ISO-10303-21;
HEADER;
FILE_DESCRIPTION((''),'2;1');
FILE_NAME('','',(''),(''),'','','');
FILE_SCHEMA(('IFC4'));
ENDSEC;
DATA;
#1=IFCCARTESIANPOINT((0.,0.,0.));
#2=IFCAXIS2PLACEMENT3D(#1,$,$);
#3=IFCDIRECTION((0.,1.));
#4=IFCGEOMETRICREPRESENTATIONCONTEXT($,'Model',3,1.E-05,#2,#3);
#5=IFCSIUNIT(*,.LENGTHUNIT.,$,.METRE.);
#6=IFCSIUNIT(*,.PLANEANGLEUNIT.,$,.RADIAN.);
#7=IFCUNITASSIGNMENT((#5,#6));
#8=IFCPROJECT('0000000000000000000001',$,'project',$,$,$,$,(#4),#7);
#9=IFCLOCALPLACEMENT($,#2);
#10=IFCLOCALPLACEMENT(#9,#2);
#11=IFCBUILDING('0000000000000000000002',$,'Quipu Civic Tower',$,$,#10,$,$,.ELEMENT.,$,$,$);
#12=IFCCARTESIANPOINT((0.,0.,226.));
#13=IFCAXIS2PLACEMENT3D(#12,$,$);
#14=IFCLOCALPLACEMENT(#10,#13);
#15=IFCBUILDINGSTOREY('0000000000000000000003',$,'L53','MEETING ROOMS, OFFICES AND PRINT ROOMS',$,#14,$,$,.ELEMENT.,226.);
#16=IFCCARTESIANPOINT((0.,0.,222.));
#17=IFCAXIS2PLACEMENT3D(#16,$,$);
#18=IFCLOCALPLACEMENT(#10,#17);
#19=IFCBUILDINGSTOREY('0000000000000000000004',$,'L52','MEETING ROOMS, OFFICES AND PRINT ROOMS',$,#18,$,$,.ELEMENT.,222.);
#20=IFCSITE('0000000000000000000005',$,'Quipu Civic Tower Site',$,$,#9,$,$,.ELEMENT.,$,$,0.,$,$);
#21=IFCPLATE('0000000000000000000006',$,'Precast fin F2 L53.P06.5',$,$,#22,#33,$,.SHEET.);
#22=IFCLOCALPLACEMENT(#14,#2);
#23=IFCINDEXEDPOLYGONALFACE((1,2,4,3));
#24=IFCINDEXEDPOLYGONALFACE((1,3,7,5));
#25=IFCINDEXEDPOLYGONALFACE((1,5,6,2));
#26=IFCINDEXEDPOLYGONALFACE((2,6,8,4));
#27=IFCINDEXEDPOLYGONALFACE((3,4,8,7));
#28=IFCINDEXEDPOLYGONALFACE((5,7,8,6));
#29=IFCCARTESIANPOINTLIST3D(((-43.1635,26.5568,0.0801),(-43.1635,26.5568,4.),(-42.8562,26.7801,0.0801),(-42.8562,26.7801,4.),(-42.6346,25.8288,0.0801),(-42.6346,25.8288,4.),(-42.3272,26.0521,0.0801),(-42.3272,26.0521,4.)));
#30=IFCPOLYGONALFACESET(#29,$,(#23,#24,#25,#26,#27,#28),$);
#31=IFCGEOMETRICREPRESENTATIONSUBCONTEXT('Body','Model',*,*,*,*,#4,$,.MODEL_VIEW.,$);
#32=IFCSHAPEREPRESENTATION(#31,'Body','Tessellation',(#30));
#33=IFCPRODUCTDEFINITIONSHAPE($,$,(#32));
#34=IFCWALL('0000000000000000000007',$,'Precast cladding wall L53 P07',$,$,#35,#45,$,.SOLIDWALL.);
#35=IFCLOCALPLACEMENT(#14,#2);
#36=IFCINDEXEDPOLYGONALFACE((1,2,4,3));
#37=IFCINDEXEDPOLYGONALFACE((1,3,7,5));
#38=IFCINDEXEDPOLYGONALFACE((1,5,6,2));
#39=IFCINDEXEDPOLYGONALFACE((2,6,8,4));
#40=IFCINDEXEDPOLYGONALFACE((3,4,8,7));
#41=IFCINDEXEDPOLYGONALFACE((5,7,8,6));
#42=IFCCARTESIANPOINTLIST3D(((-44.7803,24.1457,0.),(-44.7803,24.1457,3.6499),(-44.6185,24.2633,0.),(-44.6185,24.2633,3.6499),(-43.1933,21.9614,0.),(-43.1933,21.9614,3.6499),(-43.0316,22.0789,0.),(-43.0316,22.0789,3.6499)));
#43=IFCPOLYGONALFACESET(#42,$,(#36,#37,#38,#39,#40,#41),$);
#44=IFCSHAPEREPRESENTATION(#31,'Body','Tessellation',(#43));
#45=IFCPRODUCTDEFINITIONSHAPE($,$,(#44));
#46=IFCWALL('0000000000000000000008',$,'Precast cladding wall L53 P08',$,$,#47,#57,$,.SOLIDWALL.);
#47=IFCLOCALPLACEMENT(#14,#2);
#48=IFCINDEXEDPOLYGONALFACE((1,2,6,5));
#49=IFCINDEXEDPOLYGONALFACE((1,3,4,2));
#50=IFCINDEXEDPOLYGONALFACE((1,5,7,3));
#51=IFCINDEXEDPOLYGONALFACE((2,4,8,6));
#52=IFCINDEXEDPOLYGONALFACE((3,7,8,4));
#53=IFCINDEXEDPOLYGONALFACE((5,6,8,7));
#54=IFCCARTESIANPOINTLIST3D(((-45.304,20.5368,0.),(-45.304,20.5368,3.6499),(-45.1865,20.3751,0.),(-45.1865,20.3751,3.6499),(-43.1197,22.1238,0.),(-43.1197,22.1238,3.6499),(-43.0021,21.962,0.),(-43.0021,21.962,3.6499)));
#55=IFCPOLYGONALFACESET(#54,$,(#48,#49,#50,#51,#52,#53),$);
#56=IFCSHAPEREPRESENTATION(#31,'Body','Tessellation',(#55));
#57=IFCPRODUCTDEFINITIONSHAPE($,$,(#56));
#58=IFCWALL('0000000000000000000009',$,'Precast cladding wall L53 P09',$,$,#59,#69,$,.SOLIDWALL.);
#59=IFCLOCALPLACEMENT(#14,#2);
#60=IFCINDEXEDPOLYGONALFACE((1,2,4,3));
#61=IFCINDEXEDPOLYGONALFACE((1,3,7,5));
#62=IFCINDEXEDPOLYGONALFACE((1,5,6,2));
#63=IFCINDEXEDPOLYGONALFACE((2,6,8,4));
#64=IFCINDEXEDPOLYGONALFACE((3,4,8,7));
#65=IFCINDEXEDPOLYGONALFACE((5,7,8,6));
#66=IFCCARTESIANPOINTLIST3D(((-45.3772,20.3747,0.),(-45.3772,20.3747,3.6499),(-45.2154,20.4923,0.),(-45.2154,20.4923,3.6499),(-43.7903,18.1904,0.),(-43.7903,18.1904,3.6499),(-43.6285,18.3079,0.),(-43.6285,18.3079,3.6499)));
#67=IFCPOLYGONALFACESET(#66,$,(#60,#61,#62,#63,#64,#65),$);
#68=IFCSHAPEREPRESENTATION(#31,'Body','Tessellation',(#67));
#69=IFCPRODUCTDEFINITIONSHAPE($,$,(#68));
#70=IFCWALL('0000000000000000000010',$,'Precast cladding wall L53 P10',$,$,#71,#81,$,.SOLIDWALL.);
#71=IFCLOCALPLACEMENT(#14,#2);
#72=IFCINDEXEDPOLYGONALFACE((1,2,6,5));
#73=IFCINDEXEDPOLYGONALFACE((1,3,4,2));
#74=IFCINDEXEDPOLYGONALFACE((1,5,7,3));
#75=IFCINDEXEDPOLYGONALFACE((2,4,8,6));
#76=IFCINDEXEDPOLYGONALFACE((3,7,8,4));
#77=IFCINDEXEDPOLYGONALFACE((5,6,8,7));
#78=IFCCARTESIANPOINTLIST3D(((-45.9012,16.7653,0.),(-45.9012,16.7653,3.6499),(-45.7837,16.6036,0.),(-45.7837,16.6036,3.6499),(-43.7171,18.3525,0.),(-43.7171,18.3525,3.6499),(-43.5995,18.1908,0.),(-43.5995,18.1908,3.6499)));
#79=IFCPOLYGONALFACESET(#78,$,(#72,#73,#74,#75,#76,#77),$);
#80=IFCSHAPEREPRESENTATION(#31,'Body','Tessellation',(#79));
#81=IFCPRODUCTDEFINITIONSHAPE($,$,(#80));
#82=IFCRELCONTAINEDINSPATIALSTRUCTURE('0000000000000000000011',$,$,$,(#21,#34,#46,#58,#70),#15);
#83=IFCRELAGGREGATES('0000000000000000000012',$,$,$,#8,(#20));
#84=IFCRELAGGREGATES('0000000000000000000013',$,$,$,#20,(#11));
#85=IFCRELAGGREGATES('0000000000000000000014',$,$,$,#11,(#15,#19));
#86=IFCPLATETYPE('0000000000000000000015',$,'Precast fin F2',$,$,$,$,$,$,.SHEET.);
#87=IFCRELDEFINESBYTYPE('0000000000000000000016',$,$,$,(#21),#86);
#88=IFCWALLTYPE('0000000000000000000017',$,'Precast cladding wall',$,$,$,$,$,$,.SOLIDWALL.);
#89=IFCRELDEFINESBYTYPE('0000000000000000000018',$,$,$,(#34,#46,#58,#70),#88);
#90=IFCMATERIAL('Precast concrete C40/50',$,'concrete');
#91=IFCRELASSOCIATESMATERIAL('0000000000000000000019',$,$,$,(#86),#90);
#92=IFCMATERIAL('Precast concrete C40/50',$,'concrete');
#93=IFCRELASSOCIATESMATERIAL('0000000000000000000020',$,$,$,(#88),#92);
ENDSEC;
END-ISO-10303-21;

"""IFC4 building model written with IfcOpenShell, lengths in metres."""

from ifc_helpers import new_model, si_unit, direction, frame, frame_2d, origin, origin_2d, place, context, subcontext, project, spatial, rectangle, extrude, material, type_object, element, save


model = new_model("IFC4")

# Units and contexts
model_context = context("Model", 3, precision=1e-05, world=origin(), true_north=direction((0.0, 1.0)))
body_context = subcontext(model_context, "Body", "Model", "MODEL_VIEW")
ifc_project = project(units=[si_unit("LENGTHUNIT", "METRE"), si_unit("PLANEANGLEUNIT", "RADIAN")], contexts=[model_context])

# Site, building, storey
site_placement = place(None, origin())
site = spatial("IfcSite", under=ifc_project, at=site_placement, Name="Quipu Civic Tower Site", CompositionType="ELEMENT", RefElevation=0.0)
building_placement = place(site_placement, origin())
building = spatial("IfcBuilding", under=site, at=building_placement, Name="Quipu Civic Tower", CompositionType="ELEMENT")
storey_1_placement = place(building_placement, frame((0.0, 0.0, 226.0)))
storey_1 = spatial("IfcBuildingStorey", under=building, at=storey_1_placement, Name="L53", Description="MEETING ROOMS, OFFICES AND PRINT ROOMS", CompositionType="ELEMENT", Elevation=226.0)

# Shared definitions
storey_2_placement = place(building_placement, frame((0.0, 0.0, 222.0)))
storey_2 = spatial("IfcBuildingStorey", under=building, at=storey_2_placement, Name="L52", Description="MEETING ROOMS, OFFICES AND PRINT ROOMS", CompositionType="ELEMENT", Elevation=222.0)

# Plate
ifc_material_1 = material(Name="Precast concrete C40/50", Category="concrete")
plate_type_1 = type_object("IfcPlateType", Name="Precast fin F2", PredefinedType="SHEET", material=ifc_material_1)
for number, where, z_axis, x_axis, name in (
    (1, (-42.7454, 26.3044, 0.0801), (0.0, 0.0, 1.0), (-0.809017, -0.587785, 0.0), "Precast fin F2 L53.P06.5"),
):
    element("IfcPlate", number, at=place(storey_1_placement, frame(where, z_axis=z_axis, x_axis=x_axis)), inside=storey_1, type_object=plate_type_1, Name=name, PredefinedType="SHEET", context=body_context, shape_type="SweptSolid", body=[
        extrude(rectangle(XDim=0.3799, YDim=0.8999, at=origin_2d()), origin(), (0.0, 0.0, 1.0), 3.9199),
    ])

# Walls
ifc_material_2 = material(Name="Precast concrete C40/50", Category="concrete")
wall_type = type_object("IfcWallType", Name="Precast cladding wall", PredefinedType="SOLIDWALL", material=ifc_material_2)
for number, where, z_axis, x_axis, name in (
    (2, (-44.6995, 24.2046, 0.0), (0.0, 0.0, 1.0), (0.587763, -0.809033, 0.0), "Precast cladding wall L53 P07"),
    (3, (-43.0608, 22.043, 0.0), (0.0, 0.0, 1.0), (-0.809033, -0.587763, 0.0), "Precast cladding wall L53 P08"),
    (4, (-45.2964, 20.4336, 0.0), (0.0, 0.0, 1.0), (0.587763, -0.809033, 0.0), "Precast cladding wall L53 P09"),
    (5, (-43.6582, 18.2717, 0.0), (0.0, 0.0, 1.0), (-0.808959, -0.587865, 0.0), "Precast cladding wall L53 P10"),
):
    element("IfcWall", number, at=place(storey_1_placement, frame(where, z_axis=z_axis, x_axis=x_axis)), inside=storey_1, type_object=wall_type, Name=name, PredefinedType="SOLIDWALL", context=body_context, shape_type="SweptSolid", body=[
        extrude(rectangle(XDim=2.7, YDim=0.2, at=frame_2d((1.3501, 0.0))), origin(), (0.0, 0.0, 1.0), 3.6499),
    ])

save(model, "model.ifc")
